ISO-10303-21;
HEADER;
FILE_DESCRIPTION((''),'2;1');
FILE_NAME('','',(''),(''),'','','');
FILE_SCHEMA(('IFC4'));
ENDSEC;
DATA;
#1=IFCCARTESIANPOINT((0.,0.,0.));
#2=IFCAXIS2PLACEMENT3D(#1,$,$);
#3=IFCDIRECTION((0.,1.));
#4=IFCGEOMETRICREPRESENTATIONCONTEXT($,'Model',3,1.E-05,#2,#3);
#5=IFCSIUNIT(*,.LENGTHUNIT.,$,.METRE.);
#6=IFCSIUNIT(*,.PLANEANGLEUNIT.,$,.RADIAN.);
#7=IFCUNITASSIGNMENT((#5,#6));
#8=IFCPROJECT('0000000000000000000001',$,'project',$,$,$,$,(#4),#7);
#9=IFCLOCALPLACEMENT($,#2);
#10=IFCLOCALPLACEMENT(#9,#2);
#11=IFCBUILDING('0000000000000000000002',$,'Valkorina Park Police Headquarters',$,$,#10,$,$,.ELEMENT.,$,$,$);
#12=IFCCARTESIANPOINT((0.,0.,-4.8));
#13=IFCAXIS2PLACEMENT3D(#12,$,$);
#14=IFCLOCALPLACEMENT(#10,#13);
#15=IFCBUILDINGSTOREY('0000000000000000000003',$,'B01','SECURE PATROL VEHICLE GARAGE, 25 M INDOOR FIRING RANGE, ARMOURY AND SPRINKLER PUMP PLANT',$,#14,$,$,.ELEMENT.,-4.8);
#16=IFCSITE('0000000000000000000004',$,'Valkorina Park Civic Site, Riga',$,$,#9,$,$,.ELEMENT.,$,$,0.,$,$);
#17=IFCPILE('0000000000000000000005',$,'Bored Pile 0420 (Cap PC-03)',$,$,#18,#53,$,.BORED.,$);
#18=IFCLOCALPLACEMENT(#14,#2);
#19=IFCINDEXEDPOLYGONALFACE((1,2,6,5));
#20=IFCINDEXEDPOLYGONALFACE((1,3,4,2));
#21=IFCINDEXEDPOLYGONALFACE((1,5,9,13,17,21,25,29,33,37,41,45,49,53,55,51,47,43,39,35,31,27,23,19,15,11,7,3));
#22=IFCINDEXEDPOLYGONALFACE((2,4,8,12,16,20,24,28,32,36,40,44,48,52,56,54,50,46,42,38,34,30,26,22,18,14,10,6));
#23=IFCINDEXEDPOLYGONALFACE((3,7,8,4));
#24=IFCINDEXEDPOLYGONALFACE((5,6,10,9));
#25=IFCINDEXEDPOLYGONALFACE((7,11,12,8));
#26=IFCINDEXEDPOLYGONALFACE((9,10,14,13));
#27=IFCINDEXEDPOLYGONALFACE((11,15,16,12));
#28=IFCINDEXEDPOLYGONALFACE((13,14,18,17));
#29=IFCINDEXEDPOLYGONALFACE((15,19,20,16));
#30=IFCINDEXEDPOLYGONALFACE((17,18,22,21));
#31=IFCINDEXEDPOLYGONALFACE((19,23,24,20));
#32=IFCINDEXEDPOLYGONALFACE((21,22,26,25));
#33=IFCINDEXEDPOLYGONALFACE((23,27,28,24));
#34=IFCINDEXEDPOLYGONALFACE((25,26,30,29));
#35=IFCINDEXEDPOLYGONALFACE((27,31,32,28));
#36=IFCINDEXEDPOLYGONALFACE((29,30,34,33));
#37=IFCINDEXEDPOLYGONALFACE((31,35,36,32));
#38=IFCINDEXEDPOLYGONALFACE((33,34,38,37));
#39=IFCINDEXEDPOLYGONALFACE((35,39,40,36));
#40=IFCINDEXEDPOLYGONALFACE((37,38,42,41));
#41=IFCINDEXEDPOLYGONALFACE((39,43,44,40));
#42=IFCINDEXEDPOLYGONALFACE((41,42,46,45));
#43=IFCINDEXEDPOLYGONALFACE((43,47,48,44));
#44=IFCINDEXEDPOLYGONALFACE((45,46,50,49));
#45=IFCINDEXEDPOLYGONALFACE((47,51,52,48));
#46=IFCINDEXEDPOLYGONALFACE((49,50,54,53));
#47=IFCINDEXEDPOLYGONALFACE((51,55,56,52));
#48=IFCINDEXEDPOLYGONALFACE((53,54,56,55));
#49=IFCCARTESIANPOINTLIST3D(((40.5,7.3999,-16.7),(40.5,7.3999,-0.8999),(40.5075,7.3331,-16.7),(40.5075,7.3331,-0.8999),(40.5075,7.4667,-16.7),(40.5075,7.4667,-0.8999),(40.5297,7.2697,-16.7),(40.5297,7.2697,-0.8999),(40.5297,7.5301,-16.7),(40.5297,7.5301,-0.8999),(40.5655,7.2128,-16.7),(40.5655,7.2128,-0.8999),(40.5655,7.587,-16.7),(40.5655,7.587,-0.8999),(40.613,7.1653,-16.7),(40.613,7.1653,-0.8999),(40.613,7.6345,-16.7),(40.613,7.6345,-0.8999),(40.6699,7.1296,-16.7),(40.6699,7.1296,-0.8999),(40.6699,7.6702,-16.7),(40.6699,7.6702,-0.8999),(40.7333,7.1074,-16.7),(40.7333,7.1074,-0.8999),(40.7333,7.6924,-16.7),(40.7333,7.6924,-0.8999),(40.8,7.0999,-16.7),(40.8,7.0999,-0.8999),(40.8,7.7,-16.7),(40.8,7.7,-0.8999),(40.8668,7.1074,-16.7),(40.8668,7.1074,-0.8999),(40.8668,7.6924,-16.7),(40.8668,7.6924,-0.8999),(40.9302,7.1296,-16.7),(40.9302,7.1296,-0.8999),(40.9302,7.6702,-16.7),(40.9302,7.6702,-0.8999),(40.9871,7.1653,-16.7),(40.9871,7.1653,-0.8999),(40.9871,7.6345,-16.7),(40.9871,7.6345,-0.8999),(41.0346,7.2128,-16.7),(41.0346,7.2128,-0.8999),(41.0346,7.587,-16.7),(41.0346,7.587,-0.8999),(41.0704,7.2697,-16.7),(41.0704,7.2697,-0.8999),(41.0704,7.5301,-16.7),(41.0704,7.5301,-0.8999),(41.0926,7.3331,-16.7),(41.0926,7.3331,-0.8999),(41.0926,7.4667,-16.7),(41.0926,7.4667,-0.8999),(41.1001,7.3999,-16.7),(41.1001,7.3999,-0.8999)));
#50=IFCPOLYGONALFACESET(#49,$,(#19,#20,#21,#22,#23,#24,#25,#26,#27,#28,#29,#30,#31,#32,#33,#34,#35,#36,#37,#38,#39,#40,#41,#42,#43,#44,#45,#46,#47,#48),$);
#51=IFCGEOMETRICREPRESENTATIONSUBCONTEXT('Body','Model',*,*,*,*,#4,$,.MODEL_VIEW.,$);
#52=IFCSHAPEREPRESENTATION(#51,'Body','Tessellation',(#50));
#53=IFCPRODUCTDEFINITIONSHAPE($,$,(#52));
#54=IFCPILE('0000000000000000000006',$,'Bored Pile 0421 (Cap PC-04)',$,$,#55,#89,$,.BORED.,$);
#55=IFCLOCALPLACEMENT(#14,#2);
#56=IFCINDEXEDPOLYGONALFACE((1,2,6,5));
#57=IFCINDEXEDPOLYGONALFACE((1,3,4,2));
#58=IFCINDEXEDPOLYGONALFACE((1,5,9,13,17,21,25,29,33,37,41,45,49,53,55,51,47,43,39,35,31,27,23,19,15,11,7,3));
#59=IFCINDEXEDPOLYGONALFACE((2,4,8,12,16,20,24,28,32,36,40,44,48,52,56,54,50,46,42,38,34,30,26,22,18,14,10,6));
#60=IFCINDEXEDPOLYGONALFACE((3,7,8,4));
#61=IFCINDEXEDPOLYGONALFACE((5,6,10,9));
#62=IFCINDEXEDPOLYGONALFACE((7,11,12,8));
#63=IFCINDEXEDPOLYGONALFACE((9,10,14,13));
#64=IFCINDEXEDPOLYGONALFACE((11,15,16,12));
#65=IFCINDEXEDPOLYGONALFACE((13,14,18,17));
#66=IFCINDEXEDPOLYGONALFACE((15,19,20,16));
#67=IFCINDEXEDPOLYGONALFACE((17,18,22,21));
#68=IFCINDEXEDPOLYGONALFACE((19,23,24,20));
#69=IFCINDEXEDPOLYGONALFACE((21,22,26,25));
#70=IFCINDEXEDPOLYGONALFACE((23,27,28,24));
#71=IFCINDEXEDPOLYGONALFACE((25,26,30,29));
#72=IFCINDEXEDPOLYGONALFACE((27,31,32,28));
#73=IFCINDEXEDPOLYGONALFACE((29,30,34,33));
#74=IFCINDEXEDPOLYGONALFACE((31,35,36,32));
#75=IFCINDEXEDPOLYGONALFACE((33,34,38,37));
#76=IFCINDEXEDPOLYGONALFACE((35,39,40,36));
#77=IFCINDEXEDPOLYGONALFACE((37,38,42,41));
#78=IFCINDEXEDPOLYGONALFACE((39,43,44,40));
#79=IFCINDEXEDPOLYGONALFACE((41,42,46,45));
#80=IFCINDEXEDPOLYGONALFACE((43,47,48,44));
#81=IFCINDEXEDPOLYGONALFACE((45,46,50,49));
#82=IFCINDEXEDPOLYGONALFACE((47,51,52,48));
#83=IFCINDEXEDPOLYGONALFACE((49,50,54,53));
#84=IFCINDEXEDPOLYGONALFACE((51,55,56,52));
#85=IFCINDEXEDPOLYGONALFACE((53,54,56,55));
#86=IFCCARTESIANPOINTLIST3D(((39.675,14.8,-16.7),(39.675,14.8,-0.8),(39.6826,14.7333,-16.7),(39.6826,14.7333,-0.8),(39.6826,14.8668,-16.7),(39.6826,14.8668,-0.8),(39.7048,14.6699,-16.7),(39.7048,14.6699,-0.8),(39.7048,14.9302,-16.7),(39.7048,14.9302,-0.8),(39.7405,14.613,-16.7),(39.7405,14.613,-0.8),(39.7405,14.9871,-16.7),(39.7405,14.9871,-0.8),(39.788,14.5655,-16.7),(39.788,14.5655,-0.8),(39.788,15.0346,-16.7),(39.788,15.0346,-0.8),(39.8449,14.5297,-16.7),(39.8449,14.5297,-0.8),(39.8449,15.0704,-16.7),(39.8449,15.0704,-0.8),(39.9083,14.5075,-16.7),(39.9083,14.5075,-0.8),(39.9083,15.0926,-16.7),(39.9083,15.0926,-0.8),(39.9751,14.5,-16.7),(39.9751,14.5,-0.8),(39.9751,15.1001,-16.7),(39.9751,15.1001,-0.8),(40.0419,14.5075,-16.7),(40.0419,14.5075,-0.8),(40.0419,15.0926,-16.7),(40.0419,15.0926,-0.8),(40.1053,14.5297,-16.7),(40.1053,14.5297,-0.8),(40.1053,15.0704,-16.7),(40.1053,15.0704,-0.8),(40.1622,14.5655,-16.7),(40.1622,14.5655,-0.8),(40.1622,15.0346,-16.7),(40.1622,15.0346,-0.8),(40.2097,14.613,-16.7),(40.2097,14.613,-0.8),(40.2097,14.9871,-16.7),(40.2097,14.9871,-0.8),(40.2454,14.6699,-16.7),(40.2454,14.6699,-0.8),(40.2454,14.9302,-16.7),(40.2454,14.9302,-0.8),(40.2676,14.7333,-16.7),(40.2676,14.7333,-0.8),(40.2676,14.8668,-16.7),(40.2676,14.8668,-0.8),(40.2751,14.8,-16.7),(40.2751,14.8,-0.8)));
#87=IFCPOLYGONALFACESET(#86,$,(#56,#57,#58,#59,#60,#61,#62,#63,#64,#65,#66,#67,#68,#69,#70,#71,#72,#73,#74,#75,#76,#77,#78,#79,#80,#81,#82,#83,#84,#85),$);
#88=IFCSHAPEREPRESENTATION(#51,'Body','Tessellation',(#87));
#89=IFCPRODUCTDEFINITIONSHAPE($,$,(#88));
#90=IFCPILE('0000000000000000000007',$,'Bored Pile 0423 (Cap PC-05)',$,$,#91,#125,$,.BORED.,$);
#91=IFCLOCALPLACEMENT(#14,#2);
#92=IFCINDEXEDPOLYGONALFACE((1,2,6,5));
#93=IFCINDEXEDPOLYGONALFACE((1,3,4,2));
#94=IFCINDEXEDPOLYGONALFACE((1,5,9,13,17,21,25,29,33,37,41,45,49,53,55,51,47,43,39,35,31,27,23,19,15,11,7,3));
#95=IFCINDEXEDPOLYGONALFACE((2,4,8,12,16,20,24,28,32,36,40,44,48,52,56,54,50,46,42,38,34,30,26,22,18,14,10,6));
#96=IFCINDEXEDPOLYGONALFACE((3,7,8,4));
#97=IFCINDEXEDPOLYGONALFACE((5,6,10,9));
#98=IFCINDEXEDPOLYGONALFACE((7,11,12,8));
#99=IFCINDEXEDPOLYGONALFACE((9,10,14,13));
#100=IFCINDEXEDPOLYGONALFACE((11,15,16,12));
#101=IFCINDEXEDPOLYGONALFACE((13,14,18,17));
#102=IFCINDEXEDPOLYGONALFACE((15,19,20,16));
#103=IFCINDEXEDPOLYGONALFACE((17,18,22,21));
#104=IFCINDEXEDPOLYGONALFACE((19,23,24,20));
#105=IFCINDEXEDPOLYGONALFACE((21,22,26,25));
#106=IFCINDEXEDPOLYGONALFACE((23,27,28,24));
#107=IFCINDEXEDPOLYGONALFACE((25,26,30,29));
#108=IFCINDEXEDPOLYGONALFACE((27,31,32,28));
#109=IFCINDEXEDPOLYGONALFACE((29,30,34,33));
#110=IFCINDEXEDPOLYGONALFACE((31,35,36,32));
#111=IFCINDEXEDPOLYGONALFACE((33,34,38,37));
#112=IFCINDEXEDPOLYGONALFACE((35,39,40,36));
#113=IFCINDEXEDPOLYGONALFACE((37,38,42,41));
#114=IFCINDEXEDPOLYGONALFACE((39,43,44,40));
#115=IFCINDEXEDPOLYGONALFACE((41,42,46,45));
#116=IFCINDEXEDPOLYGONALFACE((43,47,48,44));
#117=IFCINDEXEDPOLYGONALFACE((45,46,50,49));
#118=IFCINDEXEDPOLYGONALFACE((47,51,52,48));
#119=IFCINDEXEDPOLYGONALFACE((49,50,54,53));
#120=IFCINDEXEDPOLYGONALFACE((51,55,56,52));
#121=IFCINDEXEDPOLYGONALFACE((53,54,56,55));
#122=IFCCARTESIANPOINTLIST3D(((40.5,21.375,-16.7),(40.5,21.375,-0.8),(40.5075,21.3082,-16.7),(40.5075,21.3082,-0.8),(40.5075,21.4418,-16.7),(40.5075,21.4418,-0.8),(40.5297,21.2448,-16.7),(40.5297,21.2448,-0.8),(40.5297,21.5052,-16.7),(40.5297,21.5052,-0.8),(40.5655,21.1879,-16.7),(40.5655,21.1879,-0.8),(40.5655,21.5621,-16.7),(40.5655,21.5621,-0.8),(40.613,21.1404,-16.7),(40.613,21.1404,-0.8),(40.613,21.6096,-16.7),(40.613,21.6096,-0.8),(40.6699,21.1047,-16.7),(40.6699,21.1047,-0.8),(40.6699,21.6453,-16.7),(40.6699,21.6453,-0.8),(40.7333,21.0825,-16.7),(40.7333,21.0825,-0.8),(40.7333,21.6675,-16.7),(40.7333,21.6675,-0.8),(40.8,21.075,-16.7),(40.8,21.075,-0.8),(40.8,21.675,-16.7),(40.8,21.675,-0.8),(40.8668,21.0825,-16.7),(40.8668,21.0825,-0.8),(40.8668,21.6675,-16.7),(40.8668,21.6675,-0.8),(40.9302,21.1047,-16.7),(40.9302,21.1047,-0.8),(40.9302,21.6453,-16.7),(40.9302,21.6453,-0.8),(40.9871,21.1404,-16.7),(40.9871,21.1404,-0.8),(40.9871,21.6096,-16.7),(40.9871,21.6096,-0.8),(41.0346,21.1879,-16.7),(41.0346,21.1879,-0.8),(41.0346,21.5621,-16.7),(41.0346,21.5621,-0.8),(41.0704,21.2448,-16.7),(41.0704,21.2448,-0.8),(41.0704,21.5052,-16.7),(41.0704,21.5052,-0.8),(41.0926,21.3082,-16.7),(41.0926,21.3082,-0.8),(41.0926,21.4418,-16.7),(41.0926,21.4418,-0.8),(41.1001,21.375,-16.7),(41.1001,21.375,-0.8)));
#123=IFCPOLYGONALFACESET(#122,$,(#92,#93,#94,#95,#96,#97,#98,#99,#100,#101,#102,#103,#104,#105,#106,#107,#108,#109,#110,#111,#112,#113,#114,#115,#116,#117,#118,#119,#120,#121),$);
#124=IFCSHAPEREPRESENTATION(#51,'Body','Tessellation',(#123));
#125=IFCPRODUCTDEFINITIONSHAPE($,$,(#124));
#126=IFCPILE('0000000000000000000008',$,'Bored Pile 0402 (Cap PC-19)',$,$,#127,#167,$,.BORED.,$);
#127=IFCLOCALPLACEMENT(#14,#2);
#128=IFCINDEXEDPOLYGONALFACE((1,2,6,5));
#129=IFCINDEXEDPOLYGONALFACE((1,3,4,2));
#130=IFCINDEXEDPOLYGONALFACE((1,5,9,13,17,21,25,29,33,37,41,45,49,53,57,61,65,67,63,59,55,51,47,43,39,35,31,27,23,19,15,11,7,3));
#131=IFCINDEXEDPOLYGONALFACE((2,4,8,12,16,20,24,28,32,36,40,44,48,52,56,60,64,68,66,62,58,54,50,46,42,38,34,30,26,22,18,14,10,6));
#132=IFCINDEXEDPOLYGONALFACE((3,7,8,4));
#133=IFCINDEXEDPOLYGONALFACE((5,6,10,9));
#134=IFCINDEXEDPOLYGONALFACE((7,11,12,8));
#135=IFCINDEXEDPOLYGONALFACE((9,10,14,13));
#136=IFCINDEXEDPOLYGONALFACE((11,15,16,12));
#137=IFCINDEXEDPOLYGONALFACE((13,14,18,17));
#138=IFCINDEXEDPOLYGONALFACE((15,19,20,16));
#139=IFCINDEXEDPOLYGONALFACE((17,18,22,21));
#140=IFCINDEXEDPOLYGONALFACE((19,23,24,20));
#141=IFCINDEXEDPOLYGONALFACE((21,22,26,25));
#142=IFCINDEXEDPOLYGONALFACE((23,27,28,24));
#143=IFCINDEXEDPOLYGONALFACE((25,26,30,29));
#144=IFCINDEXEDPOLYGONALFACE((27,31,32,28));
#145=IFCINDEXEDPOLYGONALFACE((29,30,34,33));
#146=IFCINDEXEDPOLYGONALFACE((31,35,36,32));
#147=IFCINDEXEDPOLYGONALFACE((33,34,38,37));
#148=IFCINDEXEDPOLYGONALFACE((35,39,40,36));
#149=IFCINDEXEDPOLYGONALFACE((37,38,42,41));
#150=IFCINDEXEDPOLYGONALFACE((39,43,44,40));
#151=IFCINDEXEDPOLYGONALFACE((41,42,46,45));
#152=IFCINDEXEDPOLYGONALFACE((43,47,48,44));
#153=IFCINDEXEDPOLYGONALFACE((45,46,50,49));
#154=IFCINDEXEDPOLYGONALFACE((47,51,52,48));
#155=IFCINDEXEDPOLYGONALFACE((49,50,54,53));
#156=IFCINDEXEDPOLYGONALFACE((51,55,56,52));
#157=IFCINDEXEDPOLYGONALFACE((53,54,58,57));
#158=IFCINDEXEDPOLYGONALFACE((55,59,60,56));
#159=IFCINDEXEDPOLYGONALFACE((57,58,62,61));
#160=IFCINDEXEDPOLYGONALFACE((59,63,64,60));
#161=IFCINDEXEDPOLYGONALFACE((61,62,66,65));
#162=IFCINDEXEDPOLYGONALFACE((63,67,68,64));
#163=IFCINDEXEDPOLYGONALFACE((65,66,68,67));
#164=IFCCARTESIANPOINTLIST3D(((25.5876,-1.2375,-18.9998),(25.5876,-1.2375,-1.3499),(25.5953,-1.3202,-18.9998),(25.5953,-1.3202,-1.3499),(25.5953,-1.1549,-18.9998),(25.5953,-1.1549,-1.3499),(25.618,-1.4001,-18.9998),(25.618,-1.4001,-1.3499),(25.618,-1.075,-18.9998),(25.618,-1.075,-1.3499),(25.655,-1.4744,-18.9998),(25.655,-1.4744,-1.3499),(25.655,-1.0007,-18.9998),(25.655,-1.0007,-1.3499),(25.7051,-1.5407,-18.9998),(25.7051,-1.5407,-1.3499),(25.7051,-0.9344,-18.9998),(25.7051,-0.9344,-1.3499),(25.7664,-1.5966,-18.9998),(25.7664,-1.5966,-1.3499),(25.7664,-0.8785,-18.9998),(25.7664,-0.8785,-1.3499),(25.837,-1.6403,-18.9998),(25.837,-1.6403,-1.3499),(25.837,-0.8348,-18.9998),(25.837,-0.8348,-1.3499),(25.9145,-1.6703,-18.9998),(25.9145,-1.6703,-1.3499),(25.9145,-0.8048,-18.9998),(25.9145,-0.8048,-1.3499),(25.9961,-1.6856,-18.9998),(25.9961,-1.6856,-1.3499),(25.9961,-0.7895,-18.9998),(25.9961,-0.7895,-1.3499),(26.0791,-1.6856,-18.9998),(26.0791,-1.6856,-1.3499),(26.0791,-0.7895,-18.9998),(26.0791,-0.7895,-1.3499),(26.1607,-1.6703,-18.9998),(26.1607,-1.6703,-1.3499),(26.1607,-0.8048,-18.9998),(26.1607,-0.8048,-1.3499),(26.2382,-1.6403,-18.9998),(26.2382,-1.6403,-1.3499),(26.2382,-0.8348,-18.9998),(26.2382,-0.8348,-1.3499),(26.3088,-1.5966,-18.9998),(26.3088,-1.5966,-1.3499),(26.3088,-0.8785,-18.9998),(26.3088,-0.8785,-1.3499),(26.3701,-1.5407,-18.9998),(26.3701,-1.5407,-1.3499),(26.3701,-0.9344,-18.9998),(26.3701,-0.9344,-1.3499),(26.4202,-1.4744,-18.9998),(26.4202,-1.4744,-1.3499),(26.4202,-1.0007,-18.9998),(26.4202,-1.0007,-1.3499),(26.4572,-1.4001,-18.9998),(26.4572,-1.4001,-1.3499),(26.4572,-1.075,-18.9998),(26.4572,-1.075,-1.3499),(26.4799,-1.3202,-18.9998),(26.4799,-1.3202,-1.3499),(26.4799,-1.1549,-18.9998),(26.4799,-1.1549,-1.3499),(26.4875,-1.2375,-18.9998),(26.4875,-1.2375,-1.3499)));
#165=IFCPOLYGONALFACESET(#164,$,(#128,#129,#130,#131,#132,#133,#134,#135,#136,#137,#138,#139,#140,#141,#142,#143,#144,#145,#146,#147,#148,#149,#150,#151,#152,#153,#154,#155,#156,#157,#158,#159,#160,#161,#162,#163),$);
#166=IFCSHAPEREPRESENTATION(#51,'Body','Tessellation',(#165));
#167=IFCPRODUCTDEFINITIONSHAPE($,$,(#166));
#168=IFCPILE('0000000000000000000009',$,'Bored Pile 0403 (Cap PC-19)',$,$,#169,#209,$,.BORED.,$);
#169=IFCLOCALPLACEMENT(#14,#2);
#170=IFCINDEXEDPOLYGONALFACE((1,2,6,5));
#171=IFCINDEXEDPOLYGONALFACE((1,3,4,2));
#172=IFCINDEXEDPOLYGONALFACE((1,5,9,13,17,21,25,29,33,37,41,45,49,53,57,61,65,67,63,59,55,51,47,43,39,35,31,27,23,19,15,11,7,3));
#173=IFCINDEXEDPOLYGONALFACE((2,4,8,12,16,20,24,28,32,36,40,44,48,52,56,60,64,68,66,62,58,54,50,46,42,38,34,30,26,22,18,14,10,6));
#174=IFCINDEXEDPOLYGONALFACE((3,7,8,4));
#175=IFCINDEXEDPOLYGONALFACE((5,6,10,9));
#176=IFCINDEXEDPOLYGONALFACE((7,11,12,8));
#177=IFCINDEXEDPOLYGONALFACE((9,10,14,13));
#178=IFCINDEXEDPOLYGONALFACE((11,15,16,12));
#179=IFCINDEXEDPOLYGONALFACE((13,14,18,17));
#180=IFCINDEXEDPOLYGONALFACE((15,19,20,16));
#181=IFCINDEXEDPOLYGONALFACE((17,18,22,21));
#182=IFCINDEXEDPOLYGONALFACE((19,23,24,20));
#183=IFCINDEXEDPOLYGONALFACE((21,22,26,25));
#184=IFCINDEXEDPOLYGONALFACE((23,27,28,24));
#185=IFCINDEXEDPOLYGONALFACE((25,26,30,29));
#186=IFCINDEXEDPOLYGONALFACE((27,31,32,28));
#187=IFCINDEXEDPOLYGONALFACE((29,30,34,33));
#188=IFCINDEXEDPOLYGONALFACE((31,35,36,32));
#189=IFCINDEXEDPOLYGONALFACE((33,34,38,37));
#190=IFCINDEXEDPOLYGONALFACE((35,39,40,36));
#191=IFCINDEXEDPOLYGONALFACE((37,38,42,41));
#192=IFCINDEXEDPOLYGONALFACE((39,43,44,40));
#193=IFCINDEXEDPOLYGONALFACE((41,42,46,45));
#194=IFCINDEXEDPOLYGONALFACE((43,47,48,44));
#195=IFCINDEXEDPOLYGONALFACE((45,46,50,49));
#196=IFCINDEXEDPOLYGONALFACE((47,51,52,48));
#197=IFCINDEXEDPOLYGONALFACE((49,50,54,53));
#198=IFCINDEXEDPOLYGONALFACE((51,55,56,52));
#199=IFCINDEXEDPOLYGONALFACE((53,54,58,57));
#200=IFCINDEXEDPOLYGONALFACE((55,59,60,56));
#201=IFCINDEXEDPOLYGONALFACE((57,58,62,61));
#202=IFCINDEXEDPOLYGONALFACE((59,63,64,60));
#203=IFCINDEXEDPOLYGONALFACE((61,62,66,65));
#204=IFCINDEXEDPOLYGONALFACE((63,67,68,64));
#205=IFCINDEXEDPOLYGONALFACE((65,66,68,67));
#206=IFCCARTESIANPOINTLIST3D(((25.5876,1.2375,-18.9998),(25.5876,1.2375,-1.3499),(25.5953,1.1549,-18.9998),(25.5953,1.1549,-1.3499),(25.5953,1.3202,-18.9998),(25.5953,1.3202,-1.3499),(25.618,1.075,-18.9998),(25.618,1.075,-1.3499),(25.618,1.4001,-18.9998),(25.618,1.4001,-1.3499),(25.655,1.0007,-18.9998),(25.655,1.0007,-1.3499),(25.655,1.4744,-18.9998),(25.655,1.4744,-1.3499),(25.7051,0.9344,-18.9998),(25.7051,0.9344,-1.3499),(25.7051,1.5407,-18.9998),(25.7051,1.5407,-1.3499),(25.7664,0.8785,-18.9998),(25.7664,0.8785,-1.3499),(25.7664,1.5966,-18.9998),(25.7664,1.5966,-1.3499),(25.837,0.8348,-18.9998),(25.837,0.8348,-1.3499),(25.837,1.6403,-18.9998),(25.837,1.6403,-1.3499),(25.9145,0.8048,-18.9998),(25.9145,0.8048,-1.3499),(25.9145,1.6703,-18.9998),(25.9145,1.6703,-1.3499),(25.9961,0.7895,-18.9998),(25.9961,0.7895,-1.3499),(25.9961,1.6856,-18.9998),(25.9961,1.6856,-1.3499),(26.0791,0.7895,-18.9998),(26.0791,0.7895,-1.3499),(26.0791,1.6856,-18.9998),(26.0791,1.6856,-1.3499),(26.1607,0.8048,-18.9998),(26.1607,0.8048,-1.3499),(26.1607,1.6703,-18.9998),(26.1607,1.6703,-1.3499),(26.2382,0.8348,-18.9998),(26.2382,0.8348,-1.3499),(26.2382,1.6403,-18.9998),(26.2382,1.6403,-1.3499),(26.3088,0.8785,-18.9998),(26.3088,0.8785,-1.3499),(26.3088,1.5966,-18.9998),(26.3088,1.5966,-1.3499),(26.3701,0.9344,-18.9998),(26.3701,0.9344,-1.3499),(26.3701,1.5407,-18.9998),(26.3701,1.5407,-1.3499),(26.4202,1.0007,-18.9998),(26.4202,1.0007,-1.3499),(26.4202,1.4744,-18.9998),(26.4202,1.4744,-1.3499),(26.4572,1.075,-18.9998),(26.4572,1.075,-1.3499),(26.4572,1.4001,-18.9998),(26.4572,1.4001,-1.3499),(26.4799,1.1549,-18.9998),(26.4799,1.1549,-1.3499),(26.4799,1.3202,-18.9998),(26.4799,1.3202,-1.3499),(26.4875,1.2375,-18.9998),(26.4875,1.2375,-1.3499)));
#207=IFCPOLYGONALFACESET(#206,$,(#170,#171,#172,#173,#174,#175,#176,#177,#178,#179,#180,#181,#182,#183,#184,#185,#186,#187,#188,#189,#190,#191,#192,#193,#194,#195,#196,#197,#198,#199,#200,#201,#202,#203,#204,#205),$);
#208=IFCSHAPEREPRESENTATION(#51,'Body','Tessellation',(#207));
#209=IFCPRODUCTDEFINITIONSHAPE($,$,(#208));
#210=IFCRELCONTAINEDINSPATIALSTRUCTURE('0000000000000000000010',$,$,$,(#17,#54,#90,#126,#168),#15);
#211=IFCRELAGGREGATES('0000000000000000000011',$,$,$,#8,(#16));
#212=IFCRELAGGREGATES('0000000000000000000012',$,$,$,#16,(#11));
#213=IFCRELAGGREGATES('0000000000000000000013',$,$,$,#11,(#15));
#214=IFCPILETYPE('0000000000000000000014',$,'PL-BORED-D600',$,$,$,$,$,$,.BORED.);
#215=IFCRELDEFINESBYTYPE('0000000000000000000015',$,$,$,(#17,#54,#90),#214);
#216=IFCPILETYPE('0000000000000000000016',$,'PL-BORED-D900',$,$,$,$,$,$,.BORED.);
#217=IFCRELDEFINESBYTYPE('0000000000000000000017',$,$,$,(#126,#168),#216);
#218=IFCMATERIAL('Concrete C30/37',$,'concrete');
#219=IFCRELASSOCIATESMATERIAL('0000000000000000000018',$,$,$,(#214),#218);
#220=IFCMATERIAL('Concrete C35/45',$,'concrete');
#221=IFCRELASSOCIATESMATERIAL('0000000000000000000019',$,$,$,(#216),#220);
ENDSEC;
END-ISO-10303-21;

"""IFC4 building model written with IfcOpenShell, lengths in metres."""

from ifc_helpers import new_model, si_unit, direction, frame, origin, origin_2d, place, context, subcontext, project, spatial, circle, extrude, material, material_profile, profile_set, type_object, element, save


model = new_model("IFC4")

# Units and contexts
model_context = context("Model", 3, precision=1e-05, world=origin(), true_north=direction((0.0, 1.0)))
body_context = subcontext(model_context, "Body", "Model", "MODEL_VIEW")
ifc_project = project(units=[si_unit("LENGTHUNIT", "METRE"), si_unit("PLANEANGLEUNIT", "RADIAN")], contexts=[model_context])

# Site, building, storey
site_placement = place(None, origin())
site = spatial("IfcSite", under=ifc_project, at=site_placement, Name="Valkorina Park Civic Site, Riga", CompositionType="ELEMENT", RefElevation=0.0)
building_placement = place(site_placement, origin())
building = spatial("IfcBuilding", under=site, at=building_placement, Name="Valkorina Park Police Headquarters", CompositionType="ELEMENT")
storey_placement = place(building_placement, frame((0.0, 0.0, -4.8)))
storey = spatial("IfcBuildingStorey", under=building, at=storey_placement, Name="B01", Description="SECURE PATROL VEHICLE GARAGE, 25 M INDOOR FIRING RANGE, ARMOURY AND SPRINKLER PUMP PLANT", CompositionType="ELEMENT", Elevation=-4.8)

# Piles
ifc_material_1 = material(Name="Concrete C30/37", Category="concrete")
ifc_material_profile_1 = material_profile(ifc_material_1, circle(Radius=0.3, at=origin_2d()), Name="BORED PILE D600")
ifc_profile_set_1 = profile_set([ifc_material_profile_1], Name="Concrete C30/37")
pile_type_1 = type_object("IfcPileType", Name="PL-BORED-D600", PredefinedType="BORED", material=ifc_profile_set_1)
pile_1_placement = place(storey_placement, frame((40.8, 7.3999, -0.8999), z_axis=(0.0, 0.0, -1.0), x_axis=(1.0, 0.0, 0.0)))
element("IfcPile", 1, at=pile_1_placement, inside=storey, type_object=pile_type_1, Name="Bored Pile 0420 (Cap PC-03)", PredefinedType="BORED", context=body_context, shape_type="SweptSolid", body=[
    extrude(circle(Radius=0.3, at=origin_2d()), origin(), (0.0, 0.0, 1.0), 15.8),
])
for number, where, z_axis, x_axis, name in (
    (2, (39.9751, 14.8, -0.8), (0.0, 0.0, -1.0), (1.0, 0.0, 0.0), "Bored Pile 0421 (Cap PC-04)"),
    (3, (40.8, 21.375, -0.8), (0.0, 0.0, -1.0), (1.0, 0.0, 0.0), "Bored Pile 0423 (Cap PC-05)"),
):
    element("IfcPile", number, at=place(storey_placement, frame(where, z_axis=z_axis, x_axis=x_axis)), inside=storey, type_object=pile_type_1, Name=name, PredefinedType="BORED", context=body_context, shape_type="SweptSolid", body=[
        extrude(circle(Radius=0.3, at=origin_2d()), origin(), (0.0, 0.0, 1.0), 15.8999),
    ])
ifc_material_2 = material(Name="Concrete C35/45", Category="concrete")
ifc_material_profile_2 = material_profile(ifc_material_2, circle(Radius=0.45, at=origin_2d()), Name="BORED PILE D900")
ifc_profile_set_2 = profile_set([ifc_material_profile_2], Name="Concrete C35/45")
pile_type_2 = type_object("IfcPileType", Name="PL-BORED-D900", PredefinedType="BORED", material=ifc_profile_set_2)
for number, where, z_axis, x_axis, name in (
    (4, (26.0376, -1.2375, -1.3499), (0.0, 0.0, -1.0), (1.0, 0.0, 0.0), "Bored Pile 0402 (Cap PC-19)"),
    (5, (26.0376, 1.2375, -1.3499), (0.0, 0.0, -1.0), (1.0, 0.0, 0.0), "Bored Pile 0403 (Cap PC-19)"),
):
    element("IfcPile", number, at=place(storey_placement, frame(where, z_axis=z_axis, x_axis=x_axis)), inside=storey, type_object=pile_type_2, Name=name, PredefinedType="BORED", context=body_context, shape_type="SweptSolid", body=[
        extrude(circle(Radius=0.45, at=origin_2d()), origin(), (0.0, 0.0, 1.0), 17.6499),
    ])

save(model, "model.ifc")
